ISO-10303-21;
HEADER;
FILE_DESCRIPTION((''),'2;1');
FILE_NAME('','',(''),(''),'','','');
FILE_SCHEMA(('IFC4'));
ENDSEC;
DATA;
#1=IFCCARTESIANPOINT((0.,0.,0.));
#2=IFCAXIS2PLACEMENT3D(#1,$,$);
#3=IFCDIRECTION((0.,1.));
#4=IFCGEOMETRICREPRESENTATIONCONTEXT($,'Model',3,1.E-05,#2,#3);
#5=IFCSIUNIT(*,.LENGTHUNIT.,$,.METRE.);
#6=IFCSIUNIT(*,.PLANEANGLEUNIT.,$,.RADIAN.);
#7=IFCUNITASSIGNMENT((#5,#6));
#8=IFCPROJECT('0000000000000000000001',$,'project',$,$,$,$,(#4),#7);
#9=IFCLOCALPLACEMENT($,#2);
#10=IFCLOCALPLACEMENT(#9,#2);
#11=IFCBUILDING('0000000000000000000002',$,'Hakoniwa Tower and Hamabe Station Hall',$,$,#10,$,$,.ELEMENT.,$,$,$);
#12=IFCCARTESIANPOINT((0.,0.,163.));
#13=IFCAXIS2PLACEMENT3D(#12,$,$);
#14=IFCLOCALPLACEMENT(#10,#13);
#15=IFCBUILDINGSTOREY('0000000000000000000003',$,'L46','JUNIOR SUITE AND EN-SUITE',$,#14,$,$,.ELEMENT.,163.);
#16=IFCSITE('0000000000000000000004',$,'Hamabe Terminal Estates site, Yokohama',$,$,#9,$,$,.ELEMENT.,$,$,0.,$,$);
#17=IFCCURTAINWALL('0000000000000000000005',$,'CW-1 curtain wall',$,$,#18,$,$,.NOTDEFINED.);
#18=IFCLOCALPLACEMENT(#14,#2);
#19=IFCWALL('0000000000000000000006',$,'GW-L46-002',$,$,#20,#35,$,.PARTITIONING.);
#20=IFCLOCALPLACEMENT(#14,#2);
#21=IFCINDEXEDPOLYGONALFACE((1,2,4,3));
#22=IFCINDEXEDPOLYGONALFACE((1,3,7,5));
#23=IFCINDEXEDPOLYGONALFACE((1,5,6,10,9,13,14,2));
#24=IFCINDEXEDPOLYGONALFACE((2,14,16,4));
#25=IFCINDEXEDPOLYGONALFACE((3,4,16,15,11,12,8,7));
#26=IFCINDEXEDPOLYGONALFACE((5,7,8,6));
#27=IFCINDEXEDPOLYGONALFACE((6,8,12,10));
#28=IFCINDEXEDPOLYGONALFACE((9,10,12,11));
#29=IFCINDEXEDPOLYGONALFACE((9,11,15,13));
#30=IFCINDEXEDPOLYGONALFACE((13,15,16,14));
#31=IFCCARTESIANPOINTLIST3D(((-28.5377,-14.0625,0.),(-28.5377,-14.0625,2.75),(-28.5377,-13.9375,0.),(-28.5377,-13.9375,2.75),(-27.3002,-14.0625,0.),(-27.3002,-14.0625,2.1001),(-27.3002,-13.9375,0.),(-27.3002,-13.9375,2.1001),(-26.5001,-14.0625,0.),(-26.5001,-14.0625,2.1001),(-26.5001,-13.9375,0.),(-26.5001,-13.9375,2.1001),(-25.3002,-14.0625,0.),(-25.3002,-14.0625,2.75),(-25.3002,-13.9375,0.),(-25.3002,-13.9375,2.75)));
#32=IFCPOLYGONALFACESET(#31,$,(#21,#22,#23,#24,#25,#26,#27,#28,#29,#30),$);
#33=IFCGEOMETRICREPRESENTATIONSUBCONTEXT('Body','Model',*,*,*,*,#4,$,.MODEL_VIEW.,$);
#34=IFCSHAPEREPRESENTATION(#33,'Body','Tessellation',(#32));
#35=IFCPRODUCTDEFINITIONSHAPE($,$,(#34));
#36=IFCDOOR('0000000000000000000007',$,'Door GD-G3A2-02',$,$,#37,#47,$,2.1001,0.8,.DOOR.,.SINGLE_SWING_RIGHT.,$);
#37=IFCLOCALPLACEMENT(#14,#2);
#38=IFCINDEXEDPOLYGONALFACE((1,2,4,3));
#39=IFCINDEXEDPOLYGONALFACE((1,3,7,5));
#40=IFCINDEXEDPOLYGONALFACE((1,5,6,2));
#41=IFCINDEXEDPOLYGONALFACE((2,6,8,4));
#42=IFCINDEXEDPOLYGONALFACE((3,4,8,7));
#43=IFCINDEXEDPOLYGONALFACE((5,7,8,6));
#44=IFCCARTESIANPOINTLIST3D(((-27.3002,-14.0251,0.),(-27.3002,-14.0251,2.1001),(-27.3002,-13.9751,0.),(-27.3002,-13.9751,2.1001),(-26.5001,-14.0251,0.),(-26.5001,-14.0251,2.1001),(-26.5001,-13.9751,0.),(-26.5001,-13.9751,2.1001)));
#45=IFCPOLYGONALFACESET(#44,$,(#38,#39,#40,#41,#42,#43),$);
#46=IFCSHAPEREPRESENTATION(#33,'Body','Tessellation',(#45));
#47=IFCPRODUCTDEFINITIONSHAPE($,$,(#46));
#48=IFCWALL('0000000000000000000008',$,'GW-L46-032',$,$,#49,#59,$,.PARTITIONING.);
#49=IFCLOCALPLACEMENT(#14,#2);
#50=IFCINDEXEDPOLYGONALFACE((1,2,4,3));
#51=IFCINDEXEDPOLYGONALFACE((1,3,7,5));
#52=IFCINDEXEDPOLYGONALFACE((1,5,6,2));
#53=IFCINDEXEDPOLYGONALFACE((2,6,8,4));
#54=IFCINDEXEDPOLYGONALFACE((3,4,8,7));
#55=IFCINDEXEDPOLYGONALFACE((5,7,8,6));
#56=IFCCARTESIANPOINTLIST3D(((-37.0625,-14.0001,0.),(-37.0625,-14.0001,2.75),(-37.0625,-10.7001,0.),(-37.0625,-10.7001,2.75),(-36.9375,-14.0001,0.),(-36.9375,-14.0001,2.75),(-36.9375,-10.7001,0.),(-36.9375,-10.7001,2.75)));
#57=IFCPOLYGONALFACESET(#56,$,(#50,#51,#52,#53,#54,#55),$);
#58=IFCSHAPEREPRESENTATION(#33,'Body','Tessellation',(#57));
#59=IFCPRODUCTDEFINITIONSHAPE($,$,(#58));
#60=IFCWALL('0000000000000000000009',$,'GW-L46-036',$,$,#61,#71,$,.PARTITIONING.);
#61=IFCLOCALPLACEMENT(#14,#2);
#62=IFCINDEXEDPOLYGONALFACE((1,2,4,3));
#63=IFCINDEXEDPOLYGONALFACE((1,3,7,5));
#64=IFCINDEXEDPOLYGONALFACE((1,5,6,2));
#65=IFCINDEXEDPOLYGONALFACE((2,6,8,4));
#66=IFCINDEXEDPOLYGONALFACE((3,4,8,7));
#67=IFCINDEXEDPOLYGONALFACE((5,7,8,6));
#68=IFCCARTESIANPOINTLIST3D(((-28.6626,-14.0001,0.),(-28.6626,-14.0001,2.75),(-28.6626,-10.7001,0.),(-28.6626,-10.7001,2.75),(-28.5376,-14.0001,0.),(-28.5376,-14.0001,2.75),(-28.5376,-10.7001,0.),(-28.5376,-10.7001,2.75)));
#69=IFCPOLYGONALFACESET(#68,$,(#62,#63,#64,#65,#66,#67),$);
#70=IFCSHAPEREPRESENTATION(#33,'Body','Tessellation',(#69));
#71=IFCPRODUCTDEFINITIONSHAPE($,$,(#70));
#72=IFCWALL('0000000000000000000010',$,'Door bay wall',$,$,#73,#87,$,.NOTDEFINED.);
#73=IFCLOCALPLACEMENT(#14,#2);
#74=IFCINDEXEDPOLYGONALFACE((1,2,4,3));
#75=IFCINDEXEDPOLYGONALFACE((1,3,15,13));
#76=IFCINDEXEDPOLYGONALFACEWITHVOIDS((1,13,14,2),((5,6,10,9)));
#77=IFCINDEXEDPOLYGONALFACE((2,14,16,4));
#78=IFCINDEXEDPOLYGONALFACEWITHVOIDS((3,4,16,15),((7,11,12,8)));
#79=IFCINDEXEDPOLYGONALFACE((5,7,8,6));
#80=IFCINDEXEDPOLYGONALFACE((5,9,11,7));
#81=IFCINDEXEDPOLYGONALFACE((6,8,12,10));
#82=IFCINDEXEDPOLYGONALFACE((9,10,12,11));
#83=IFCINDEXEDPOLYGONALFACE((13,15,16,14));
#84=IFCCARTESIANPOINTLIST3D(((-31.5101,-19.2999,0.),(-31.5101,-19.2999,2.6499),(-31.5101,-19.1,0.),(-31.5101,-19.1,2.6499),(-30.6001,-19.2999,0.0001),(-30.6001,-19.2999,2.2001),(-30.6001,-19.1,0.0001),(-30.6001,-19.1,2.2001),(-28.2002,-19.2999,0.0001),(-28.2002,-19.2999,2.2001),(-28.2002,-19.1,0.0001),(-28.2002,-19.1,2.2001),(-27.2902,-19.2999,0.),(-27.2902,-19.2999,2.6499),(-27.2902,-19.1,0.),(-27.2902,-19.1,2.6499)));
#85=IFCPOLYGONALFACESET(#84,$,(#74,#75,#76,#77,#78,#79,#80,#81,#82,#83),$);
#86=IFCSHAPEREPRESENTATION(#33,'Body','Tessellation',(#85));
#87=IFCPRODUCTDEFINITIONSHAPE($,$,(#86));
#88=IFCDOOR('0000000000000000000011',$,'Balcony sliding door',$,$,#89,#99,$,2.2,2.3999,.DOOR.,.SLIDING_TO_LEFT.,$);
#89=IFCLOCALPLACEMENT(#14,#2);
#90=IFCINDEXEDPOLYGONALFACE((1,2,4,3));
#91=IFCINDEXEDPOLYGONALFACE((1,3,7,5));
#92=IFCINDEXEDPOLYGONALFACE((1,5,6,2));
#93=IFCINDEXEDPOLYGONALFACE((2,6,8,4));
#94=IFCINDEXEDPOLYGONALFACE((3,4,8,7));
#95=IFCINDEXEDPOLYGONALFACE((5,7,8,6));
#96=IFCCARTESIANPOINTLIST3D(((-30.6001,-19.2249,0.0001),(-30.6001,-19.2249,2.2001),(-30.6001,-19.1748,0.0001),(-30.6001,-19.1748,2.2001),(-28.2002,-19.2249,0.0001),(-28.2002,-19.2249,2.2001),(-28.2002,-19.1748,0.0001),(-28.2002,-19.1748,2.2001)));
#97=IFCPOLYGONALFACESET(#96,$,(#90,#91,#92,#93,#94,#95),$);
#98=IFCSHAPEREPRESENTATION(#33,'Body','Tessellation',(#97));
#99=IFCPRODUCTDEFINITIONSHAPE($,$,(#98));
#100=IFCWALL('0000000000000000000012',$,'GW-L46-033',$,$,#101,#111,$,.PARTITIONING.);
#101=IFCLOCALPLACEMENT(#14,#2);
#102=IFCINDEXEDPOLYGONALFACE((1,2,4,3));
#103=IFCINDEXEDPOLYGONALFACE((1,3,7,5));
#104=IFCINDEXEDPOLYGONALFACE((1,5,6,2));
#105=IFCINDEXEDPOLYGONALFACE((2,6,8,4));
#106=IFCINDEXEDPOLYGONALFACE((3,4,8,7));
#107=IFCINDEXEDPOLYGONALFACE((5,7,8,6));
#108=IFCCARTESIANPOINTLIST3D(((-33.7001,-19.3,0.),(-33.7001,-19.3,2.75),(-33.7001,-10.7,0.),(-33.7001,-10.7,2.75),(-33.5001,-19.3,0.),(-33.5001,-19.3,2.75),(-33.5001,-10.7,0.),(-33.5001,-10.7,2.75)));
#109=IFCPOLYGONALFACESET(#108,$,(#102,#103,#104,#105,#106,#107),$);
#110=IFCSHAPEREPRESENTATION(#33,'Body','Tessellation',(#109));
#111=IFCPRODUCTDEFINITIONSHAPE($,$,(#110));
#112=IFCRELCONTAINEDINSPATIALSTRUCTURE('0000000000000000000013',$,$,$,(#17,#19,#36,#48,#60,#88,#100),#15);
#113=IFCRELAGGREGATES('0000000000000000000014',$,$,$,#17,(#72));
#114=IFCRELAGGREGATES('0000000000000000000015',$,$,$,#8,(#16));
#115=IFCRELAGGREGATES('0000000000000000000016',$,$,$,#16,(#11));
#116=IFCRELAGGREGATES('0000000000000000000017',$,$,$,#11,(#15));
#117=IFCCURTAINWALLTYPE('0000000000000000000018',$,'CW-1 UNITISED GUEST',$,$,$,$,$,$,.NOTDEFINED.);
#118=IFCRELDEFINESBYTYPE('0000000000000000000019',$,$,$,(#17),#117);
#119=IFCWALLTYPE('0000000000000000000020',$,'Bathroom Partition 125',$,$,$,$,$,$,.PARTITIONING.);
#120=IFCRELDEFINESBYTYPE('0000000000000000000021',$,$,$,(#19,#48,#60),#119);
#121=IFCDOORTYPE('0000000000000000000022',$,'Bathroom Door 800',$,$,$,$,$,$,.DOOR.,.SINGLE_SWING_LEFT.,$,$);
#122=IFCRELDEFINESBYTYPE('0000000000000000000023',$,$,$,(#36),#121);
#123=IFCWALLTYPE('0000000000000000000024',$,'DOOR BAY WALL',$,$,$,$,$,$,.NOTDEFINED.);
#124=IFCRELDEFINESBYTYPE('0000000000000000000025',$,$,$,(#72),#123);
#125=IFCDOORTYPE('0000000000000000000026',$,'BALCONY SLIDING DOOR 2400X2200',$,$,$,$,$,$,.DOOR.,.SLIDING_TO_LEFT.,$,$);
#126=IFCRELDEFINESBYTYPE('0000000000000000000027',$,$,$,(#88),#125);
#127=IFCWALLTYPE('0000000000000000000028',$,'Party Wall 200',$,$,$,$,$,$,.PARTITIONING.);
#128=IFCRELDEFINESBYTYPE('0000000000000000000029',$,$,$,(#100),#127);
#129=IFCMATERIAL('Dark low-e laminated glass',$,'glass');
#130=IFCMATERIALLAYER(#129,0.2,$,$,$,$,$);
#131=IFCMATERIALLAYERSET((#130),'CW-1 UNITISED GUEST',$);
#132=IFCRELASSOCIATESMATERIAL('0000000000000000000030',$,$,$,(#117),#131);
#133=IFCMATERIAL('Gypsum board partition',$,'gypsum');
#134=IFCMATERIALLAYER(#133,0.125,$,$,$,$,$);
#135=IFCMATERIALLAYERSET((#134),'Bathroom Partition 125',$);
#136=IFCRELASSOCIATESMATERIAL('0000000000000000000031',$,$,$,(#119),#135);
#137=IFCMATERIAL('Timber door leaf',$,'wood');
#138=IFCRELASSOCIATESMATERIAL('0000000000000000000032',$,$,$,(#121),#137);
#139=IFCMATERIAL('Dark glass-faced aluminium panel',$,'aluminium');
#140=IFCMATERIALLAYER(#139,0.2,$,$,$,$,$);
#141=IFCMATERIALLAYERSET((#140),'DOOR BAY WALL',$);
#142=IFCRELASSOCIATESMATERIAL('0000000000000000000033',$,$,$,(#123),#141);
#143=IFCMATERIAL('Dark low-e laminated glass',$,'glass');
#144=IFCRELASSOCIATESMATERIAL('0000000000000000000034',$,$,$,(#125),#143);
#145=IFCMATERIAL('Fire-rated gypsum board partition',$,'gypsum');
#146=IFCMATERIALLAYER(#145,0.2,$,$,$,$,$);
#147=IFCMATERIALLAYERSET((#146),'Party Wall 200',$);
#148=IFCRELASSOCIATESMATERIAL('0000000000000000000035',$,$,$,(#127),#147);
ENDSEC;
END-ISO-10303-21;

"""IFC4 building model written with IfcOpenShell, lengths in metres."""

from ifc_helpers import new_model, si_unit, direction, frame, frame_2d, origin, place, context, subcontext, project, spatial, rectangle, extrude, material, layer, layer_set, type_object, element, fill, aggregate, save


model = new_model("IFC4")

# Units and contexts
model_context = context("Model", 3, precision=1e-05, world=origin(), true_north=direction((0.0, 1.0)))
body_context = subcontext(model_context, "Body", "Model", "MODEL_VIEW")
ifc_project = project(units=[si_unit("LENGTHUNIT", "METRE"), si_unit("PLANEANGLEUNIT", "RADIAN")], contexts=[model_context])

# Site, building, storey
site_placement = place(None, origin())
site = spatial("IfcSite", under=ifc_project, at=site_placement, Name="Hamabe Terminal Estates site, Yokohama", CompositionType="ELEMENT", RefElevation=0.0)
building_placement = place(site_placement, origin())
building = spatial("IfcBuilding", under=site, at=building_placement, Name="Hakoniwa Tower and Hamabe Station Hall", CompositionType="ELEMENT")
storey_placement = place(building_placement, frame((0.0, 0.0, 163.0)))
storey = spatial("IfcBuildingStorey", under=building, at=storey_placement, Name="L46", Description="JUNIOR SUITE AND EN-SUITE", CompositionType="ELEMENT", Elevation=163.0)

# Curtain wall
ifc_material_1 = material(Name="Dark low-e laminated glass", Category="glass")
ifc_layer_1 = layer(ifc_material_1, 0.2)
ifc_layer_set_1 = layer_set([ifc_layer_1], Name="CW-1 UNITISED GUEST")
curtain_wall_type = type_object("IfcCurtainWallType", Name="CW-1 UNITISED GUEST", PredefinedType="NOTDEFINED", material=ifc_layer_set_1)
curtain_wall_1_placement = place(storey_placement, origin())
curtain_wall_1 = element("IfcCurtainWall", 1, at=curtain_wall_1_placement, inside=storey, type_object=curtain_wall_type, Name="CW-1 curtain wall", PredefinedType="NOTDEFINED")

# Wall, opening, door
ifc_material_2 = material(Name="Gypsum board partition", Category="gypsum")
ifc_layer_2 = layer(ifc_material_2, 0.125)
ifc_layer_set_2 = layer_set([ifc_layer_2], Name="Bathroom Partition 125")
wall_type_1 = type_object("IfcWallType", Name="Bathroom Partition 125", PredefinedType="PARTITIONING", material=ifc_layer_set_2)
ifc_material_3 = material(Name="Timber door leaf", Category="wood")
door_type_1 = type_object("IfcDoorType", Name="Bathroom Door 800", OperationType="SINGLE_SWING_LEFT", PredefinedType="DOOR", material=ifc_material_3)
wall_1_placement = place(storey_placement, frame((-28.5376, -14.0, 0.0), z_axis=(0.0, 0.0, 1.0), x_axis=(1.0, 0.0, 0.0)))
wall_1 = element("IfcWall", 2, at=wall_1_placement, inside=storey, type_object=wall_type_1, Name="GW-L46-002", PredefinedType="PARTITIONING", context=body_context, shape_type="SweptSolid", body=[
    extrude(rectangle(XDim=3.2375, YDim=0.125, at=frame_2d((1.6187, 0.0))), origin(), (0.0, 0.0, 1.0), 2.75),
])
opening_1_placement = place(wall_1_placement, frame((1.2375, 0.0, 0.0)))
opening_1 = element("IfcOpeningElement", 3, at=opening_1_placement, cuts=wall_1, PredefinedType="OPENING", context=body_context, shape_type="SweptSolid", body=[
    extrude(rectangle(XDim=0.8, YDim=2.1001, at=frame_2d((0.3999, 1.05))), frame((0.0, 0.0725, 0.0), z_axis=(0.0, -1.0, 0.0), x_axis=(1.0, 0.0, 0.0)), (0.0, 0.0, 1.0), 0.145),
])
door_1_placement = place(opening_1_placement, origin())
door_1 = element("IfcDoor", 4, at=door_1_placement, inside=storey, type_object=door_type_1, Name="Door GD-G3A2-02", OperationType="SINGLE_SWING_RIGHT", OverallHeight=2.1001, OverallWidth=0.8, PredefinedType="DOOR", context=body_context, shape_type="SweptSolid", body=[
    extrude(rectangle(XDim=0.8, YDim=2.1001, at=frame_2d((0.3999, 1.05))), frame((0.0, 0.0249, 0.0), z_axis=(0.0, -1.0, 0.0), x_axis=(1.0, 0.0, 0.0)), (0.0, 0.0, 1.0), 0.05),
])
fill(opening_1, door_1)

# Walls
for number, where, z_axis, x_axis, name in (
    (5, (-37.0, -14.0, 0.0), (0.0, 0.0, 1.0), (0.0, 1.0, 0.0), "GW-L46-032"),
    (6, (-28.6001, -14.0, 0.0), (0.0, 0.0, 1.0), (0.0, 1.0, 0.0), "GW-L46-036"),
):
    element("IfcWall", number, at=place(storey_placement, frame(where, z_axis=z_axis, x_axis=x_axis)), inside=storey, type_object=wall_type_1, Name=name, PredefinedType="PARTITIONING", context=body_context, shape_type="SweptSolid", body=[
        extrude(rectangle(XDim=3.3, YDim=0.125, at=frame_2d((1.6499, 0.0))), origin(), (0.0, 0.0, 1.0), 2.75),
    ])

# Wall, opening, door
ifc_material_4 = material(Name="Dark glass-faced aluminium panel", Category="aluminium")
ifc_layer_3 = layer(ifc_material_4, 0.2)
ifc_layer_set_3 = layer_set([ifc_layer_3], Name="DOOR BAY WALL")
wall_type_2 = type_object("IfcWallType", Name="DOOR BAY WALL", PredefinedType="NOTDEFINED", material=ifc_layer_set_3)
wall_2_placement = place(storey_placement, frame((-31.51, -19.2, 0.0), z_axis=(0.0, 0.0, 1.0), x_axis=(1.0, 0.0, 0.0)))
wall_2 = element("IfcWall", 7, at=wall_2_placement, type_object=wall_type_2, Name="Door bay wall", PredefinedType="NOTDEFINED", context=body_context, shape_type="SweptSolid", body=[
    extrude(rectangle(XDim=4.22, YDim=0.2, at=frame_2d((2.1099, 0.0))), origin(), (0.0, 0.0, 1.0), 2.6499),
])
opening_2_placement = place(wall_2_placement, frame((0.9099, 0.0, 0.0)))
opening_2 = element("IfcOpeningElement", 8, at=opening_2_placement, cuts=wall_2, PredefinedType="OPENING", context=body_context, shape_type="SweptSolid", body=[
    extrude(rectangle(XDim=2.3999, YDim=2.2, at=frame_2d((1.2, 1.1001))), frame((0.0, 0.1099, 0.0), z_axis=(0.0, -1.0, 0.0), x_axis=(1.0, 0.0, 0.0)), (0.0, 0.0, 1.0), 0.22),
])
ifc_material_5 = material(Name="Dark low-e laminated glass", Category="glass")
door_type_2 = type_object("IfcDoorType", Name="BALCONY SLIDING DOOR 2400X2200", OperationType="SLIDING_TO_LEFT", PredefinedType="DOOR", material=ifc_material_5)
door_2_placement = place(opening_2_placement, frame((2.3999, 0.0, 0.0), z_axis=(0.0, 0.0, 1.0), x_axis=(-1.0, 0.0, 0.0)))
door_2 = element("IfcDoor", 9, at=door_2_placement, inside=storey, type_object=door_type_2, Name="Balcony sliding door", OperationType="SLIDING_TO_LEFT", OverallHeight=2.2, OverallWidth=2.3999, PredefinedType="DOOR", context=body_context, shape_type="SweptSolid", body=[
    extrude(rectangle(XDim=2.3999, YDim=2.2, at=frame_2d((1.2, 1.1001))), frame((0.0, 0.0249, 0.0), z_axis=(0.0, -1.0, 0.0), x_axis=(1.0, 0.0, 0.0)), (0.0, 0.0, 1.0), 0.05),
])
fill(opening_2, door_2)
aggregate(curtain_wall_1, [wall_2])

# Wall
ifc_material_6 = material(Name="Fire-rated gypsum board partition", Category="gypsum")
ifc_layer_4 = layer(ifc_material_6, 0.2)
ifc_layer_set_4 = layer_set([ifc_layer_4], Name="Party Wall 200")
wall_type_3 = type_object("IfcWallType", Name="Party Wall 200", PredefinedType="PARTITIONING", material=ifc_layer_set_4)
wall_3_placement = place(storey_placement, frame((-33.6001, -19.3, 0.0), z_axis=(0.0, 0.0, 1.0), x_axis=(0.0, 1.0, 0.0)))
element("IfcWall", 10, at=wall_3_placement, inside=storey, type_object=wall_type_3, Name="GW-L46-033", PredefinedType="PARTITIONING", context=body_context, shape_type="SweptSolid", body=[
    extrude(rectangle(XDim=8.6001, YDim=0.2, at=frame_2d((4.3, 0.0))), origin(), (0.0, 0.0, 1.0), 2.75),
])

save(model, "model.ifc")
